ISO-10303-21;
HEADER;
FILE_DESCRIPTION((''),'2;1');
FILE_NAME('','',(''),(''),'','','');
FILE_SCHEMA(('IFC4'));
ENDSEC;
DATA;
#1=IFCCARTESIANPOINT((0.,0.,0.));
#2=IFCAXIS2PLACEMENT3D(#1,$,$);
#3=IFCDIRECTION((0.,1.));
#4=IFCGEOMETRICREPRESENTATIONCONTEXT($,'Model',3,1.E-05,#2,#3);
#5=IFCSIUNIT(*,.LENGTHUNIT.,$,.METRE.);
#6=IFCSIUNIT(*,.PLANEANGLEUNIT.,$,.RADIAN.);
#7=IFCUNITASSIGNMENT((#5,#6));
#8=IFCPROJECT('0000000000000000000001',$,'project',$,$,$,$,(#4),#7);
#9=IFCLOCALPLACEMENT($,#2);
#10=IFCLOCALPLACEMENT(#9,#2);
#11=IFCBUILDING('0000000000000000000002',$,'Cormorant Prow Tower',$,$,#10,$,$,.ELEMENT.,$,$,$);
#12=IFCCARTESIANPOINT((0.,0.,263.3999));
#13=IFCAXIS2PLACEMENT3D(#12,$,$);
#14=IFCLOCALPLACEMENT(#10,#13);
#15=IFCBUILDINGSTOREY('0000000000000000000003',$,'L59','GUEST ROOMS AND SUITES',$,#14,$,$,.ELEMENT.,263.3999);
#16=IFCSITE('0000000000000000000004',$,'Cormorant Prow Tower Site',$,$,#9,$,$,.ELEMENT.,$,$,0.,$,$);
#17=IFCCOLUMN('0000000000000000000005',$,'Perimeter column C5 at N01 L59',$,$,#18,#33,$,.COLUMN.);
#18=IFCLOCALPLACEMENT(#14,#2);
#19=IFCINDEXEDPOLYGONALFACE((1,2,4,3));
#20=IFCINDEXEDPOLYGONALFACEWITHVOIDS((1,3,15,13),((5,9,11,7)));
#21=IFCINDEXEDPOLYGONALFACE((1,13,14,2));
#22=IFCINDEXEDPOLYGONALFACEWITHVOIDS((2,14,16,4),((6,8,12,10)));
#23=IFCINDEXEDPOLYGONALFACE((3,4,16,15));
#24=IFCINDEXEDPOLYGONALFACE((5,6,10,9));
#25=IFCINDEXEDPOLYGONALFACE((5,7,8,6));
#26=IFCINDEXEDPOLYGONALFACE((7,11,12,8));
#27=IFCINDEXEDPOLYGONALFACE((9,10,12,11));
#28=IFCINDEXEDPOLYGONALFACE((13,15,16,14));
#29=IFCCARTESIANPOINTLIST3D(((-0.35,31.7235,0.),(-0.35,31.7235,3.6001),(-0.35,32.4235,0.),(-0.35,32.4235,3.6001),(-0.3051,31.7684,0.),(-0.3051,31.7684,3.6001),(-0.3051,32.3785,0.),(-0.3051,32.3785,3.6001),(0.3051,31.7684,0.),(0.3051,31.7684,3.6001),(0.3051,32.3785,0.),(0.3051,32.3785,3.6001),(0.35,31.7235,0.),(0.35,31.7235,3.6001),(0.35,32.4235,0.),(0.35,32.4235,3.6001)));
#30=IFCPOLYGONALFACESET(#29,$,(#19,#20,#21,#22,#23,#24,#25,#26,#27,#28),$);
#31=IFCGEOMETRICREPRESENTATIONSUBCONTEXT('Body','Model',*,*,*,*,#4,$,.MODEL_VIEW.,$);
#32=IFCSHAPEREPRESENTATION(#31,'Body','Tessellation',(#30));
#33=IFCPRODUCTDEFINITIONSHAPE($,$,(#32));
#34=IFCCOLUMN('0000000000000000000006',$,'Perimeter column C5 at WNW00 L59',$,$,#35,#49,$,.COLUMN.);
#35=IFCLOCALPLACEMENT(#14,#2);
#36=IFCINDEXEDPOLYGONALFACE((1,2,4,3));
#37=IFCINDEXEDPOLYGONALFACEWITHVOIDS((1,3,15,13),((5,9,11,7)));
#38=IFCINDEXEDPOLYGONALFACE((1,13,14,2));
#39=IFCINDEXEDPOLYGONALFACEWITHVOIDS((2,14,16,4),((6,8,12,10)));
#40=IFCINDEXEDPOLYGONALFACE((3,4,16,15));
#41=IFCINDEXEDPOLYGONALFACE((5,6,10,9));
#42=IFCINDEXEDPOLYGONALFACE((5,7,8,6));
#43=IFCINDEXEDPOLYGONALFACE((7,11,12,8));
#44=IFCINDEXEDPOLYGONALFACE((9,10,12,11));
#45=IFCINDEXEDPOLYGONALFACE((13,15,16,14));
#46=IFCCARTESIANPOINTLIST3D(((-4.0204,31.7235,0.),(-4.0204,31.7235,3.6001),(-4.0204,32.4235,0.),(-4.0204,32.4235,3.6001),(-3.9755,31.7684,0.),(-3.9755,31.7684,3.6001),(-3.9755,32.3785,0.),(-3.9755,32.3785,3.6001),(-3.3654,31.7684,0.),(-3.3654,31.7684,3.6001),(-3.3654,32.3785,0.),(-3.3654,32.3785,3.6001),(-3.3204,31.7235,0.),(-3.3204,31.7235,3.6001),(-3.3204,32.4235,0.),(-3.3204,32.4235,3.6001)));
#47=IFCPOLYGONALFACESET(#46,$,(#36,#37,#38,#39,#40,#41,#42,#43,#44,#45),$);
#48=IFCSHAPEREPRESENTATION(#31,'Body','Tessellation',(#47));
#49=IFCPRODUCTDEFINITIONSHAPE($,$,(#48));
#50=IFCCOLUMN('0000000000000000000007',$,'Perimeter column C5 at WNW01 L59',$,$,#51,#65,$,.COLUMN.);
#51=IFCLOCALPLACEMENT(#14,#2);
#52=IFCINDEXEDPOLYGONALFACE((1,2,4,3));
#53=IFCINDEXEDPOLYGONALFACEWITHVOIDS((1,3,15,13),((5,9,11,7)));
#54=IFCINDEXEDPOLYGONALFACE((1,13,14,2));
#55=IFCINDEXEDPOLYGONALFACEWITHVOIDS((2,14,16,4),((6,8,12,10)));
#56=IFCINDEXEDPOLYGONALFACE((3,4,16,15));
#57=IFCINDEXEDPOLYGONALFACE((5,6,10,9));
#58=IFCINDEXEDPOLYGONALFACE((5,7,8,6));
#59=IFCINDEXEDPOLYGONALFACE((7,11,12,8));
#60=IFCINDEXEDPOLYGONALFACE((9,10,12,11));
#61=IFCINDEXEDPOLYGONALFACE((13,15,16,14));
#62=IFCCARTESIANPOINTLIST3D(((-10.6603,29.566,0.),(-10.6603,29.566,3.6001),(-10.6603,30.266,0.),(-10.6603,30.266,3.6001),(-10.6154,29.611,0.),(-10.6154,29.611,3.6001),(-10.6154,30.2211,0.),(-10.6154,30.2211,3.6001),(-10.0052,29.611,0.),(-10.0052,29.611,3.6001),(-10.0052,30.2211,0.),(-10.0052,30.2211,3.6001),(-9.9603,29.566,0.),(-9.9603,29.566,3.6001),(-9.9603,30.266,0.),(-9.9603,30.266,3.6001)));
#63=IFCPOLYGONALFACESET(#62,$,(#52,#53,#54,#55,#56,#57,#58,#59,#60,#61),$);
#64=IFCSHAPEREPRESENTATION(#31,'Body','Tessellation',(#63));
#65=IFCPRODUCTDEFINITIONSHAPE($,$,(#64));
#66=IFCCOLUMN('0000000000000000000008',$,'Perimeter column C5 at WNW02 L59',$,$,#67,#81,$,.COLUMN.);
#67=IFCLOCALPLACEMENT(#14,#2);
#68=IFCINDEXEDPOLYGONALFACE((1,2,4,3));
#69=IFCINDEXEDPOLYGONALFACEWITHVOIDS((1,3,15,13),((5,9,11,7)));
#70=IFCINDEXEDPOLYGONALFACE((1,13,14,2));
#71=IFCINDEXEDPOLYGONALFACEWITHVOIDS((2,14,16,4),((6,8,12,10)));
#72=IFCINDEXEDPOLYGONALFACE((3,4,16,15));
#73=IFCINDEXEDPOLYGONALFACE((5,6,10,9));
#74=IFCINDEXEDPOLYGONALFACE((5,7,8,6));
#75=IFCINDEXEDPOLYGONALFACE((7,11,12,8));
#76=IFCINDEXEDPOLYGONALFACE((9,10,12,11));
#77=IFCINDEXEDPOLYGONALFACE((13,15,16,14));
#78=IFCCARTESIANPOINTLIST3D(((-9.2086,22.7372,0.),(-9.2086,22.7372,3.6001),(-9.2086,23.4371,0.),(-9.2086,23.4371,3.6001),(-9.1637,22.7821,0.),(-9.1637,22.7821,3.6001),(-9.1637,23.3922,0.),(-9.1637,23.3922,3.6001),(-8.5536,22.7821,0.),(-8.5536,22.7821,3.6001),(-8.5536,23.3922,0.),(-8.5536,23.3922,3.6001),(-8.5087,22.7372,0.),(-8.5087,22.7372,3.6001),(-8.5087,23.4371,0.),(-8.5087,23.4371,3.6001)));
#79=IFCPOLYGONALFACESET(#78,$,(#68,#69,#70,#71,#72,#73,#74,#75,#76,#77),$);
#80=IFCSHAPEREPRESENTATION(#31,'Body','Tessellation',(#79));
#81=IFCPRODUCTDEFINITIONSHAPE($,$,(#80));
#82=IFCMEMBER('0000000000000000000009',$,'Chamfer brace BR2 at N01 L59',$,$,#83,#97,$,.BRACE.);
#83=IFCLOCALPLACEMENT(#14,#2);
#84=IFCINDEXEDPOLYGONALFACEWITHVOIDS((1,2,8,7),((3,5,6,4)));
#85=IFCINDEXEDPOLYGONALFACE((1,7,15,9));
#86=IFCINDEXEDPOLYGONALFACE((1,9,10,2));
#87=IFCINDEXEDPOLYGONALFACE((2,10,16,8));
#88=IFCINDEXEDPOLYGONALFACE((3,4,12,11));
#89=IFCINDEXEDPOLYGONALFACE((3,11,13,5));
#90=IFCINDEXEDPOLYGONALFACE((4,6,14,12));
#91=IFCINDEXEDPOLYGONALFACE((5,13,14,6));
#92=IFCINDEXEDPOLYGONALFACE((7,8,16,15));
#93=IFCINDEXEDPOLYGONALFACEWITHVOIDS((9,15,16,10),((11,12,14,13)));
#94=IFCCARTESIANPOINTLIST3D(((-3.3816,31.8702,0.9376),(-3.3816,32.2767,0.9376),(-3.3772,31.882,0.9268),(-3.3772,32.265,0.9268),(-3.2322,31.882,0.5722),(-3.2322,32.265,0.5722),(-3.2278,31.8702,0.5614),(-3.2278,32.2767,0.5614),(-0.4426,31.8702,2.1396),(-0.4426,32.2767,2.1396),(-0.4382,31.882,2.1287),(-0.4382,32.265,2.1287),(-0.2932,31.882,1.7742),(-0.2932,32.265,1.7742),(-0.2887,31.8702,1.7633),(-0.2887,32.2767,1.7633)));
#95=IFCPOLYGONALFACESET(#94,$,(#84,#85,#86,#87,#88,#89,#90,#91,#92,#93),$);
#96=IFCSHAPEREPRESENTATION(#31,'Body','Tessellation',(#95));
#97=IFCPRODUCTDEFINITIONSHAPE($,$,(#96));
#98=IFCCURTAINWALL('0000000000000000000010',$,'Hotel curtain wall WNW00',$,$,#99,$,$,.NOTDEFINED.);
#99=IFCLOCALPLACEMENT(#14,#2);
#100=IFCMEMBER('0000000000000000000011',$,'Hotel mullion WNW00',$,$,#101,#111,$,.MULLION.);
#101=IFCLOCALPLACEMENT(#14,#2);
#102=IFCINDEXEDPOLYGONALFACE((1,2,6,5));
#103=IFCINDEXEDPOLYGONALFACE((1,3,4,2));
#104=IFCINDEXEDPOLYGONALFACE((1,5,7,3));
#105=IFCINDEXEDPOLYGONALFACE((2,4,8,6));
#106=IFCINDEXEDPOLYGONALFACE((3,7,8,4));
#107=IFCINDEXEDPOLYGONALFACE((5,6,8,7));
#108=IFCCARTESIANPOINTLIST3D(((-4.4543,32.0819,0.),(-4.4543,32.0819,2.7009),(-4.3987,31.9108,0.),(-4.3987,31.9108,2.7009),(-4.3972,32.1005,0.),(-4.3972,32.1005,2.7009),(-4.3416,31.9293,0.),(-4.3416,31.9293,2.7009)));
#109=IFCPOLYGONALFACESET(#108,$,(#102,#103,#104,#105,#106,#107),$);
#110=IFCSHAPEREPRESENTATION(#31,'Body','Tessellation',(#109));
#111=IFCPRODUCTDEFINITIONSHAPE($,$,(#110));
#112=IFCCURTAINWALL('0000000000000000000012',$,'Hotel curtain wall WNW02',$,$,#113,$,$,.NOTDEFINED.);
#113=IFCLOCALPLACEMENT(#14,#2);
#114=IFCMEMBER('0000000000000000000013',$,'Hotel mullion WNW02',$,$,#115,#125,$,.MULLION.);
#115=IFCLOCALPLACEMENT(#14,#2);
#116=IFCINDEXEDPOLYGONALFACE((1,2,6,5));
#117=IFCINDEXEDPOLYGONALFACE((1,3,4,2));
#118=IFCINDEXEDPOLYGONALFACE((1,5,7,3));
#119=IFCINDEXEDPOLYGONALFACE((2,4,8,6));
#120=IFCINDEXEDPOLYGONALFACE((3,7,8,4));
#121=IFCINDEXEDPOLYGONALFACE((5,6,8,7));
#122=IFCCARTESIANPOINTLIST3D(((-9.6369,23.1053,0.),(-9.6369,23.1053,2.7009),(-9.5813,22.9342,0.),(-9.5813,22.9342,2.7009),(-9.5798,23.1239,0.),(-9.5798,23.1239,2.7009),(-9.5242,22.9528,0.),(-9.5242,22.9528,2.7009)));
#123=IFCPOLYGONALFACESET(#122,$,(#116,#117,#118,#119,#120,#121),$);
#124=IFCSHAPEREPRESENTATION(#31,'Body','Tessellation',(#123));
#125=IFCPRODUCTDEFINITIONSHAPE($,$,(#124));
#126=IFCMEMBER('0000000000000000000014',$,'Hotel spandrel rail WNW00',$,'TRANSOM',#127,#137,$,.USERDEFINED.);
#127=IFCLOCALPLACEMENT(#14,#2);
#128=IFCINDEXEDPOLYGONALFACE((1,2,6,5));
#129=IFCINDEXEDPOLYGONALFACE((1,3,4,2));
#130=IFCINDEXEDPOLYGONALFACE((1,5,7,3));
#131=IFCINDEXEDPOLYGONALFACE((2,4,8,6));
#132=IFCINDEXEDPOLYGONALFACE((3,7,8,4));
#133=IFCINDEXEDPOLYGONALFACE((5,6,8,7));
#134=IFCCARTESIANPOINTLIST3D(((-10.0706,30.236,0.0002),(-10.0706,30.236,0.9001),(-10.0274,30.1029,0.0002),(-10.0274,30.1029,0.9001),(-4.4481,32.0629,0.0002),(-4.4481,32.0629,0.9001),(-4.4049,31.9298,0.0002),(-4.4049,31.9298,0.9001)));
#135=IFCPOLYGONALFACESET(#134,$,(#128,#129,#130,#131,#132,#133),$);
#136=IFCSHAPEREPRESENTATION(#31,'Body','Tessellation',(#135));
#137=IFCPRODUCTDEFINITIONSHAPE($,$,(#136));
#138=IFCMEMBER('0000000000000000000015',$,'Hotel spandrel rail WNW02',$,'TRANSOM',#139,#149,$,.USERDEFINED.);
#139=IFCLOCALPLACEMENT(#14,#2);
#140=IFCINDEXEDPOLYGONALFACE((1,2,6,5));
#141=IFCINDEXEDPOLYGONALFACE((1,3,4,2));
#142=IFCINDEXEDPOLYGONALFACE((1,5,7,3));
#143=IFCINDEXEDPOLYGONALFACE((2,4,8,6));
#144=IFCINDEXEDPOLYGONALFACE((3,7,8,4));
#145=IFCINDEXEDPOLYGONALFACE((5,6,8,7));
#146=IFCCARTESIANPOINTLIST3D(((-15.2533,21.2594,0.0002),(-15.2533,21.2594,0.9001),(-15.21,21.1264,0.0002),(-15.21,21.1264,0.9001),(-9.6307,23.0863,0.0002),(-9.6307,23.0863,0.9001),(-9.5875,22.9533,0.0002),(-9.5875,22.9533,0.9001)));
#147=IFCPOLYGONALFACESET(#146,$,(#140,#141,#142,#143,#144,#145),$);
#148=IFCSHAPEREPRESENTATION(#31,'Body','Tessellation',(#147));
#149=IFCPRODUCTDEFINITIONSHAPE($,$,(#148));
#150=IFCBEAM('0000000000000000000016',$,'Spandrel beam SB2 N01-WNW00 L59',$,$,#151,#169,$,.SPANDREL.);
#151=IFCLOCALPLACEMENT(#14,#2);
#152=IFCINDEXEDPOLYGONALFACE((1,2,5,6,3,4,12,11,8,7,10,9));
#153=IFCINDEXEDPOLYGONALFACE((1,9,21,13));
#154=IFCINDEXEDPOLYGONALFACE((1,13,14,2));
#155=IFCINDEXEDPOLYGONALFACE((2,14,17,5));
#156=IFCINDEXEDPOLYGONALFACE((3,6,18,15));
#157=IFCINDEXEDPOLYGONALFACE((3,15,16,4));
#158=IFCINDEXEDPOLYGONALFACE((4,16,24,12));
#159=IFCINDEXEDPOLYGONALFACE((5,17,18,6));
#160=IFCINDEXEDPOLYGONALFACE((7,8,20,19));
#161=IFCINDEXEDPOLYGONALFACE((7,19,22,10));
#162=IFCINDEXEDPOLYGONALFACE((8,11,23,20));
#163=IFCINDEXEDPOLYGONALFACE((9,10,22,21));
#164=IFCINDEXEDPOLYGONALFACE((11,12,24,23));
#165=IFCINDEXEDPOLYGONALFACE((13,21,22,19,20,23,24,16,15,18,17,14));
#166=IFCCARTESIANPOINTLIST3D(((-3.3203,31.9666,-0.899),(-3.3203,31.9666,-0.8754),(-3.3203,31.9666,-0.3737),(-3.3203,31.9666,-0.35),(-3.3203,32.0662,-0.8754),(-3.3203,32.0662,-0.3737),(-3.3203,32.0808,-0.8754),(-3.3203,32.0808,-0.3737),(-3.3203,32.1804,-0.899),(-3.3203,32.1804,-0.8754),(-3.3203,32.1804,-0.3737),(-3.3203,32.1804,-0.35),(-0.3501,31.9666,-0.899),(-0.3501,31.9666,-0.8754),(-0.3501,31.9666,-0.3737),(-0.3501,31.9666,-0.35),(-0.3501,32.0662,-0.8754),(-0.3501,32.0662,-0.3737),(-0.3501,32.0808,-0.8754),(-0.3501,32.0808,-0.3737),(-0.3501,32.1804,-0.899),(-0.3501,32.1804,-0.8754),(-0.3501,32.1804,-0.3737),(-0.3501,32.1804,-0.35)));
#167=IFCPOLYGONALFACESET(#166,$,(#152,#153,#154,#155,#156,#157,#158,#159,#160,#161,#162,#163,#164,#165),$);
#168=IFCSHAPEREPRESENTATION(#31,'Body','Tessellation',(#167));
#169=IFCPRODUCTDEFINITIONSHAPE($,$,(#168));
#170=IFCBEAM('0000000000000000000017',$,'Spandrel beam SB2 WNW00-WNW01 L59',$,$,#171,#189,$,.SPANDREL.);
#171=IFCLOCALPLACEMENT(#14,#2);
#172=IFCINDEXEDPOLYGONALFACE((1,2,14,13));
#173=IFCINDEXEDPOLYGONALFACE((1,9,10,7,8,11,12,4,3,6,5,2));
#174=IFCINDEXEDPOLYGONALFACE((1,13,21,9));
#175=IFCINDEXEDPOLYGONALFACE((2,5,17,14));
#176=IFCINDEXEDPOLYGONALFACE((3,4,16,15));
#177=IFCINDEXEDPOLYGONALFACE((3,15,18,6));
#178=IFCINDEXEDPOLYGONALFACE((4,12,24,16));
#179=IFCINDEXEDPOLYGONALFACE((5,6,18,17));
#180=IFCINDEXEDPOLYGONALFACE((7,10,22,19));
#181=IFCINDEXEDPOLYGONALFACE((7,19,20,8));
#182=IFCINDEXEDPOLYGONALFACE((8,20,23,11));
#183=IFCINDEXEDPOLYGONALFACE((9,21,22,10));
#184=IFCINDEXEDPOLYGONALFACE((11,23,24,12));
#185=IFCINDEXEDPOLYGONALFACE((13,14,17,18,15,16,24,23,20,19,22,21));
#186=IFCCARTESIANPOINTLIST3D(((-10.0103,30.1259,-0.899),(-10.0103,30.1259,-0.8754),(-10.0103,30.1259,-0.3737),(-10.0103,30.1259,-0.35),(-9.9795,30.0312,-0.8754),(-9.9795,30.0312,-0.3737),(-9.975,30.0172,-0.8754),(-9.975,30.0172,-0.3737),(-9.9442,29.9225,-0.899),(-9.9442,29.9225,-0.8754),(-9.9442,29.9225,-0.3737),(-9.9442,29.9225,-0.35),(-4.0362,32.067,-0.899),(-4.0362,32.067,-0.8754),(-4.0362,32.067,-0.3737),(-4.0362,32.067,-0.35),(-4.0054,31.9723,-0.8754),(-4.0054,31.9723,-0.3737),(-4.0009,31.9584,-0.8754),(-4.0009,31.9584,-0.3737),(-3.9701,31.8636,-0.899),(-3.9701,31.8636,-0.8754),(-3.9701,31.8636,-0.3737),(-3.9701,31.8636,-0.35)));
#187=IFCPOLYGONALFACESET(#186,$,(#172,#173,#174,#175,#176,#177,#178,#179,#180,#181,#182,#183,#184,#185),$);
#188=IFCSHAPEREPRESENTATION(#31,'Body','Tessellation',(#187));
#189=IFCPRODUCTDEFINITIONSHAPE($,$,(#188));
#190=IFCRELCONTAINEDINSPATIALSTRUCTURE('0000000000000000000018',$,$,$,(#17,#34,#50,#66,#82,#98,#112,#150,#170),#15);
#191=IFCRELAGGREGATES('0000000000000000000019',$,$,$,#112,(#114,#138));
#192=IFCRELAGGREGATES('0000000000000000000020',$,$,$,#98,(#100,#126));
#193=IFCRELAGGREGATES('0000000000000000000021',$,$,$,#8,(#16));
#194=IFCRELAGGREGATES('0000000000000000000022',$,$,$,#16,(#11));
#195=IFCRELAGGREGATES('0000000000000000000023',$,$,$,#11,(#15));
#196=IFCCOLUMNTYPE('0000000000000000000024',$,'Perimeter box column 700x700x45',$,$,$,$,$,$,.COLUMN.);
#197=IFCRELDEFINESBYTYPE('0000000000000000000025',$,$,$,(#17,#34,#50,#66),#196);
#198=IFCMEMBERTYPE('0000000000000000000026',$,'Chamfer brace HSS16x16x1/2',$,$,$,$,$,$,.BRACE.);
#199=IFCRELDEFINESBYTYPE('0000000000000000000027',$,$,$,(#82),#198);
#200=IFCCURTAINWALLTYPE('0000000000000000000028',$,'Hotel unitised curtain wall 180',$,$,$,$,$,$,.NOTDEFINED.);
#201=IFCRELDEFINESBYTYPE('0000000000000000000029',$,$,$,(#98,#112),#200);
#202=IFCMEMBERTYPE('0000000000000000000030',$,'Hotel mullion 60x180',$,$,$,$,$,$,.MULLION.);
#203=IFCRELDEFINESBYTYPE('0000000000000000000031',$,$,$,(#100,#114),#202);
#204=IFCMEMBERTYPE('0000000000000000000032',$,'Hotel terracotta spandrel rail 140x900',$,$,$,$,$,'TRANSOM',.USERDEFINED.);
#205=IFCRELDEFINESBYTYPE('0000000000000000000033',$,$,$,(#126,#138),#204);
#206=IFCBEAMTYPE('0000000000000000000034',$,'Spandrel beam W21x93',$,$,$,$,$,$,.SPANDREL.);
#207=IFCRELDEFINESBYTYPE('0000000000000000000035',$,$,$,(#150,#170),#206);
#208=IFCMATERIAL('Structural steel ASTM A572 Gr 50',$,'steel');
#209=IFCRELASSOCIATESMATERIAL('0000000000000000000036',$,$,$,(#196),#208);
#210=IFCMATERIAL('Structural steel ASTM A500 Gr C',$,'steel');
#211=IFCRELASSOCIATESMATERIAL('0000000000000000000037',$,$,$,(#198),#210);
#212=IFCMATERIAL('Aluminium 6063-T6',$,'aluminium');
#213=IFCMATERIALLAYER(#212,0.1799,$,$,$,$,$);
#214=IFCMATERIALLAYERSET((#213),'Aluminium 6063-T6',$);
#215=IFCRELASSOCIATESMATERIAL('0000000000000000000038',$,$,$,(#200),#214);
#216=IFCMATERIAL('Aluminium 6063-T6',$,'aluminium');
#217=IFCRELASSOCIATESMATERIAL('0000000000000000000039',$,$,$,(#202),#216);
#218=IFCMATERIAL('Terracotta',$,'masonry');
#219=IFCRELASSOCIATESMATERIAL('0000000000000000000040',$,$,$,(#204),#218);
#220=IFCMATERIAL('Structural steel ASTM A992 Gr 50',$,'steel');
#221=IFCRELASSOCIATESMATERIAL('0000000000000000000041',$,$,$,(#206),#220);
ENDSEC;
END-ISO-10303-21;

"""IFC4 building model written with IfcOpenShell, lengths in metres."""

from ifc_helpers import new_model, si_unit, direction, frame, origin, origin_2d, place, context, subcontext, project, spatial, rectangle, hollow_rectangle, i_section, extrude, material, layer, layer_set, material_profile, profile_set, type_object, element, aggregate, save


model = new_model("IFC4")

# Units and contexts
model_context = context("Model", 3, precision=1e-05, world=origin(), true_north=direction((0.0, 1.0)))
body_context = subcontext(model_context, "Body", "Model", "MODEL_VIEW")
ifc_project = project(units=[si_unit("LENGTHUNIT", "METRE"), si_unit("PLANEANGLEUNIT", "RADIAN")], contexts=[model_context])

# Site, building, storey
site_placement = place(None, origin())
site = spatial("IfcSite", under=ifc_project, at=site_placement, Name="Cormorant Prow Tower Site", CompositionType="ELEMENT", RefElevation=0.0)
building_placement = place(site_placement, origin())
building = spatial("IfcBuilding", under=site, at=building_placement, Name="Cormorant Prow Tower", CompositionType="ELEMENT")
storey_placement = place(building_placement, frame((0.0, 0.0, 263.3999)))
storey = spatial("IfcBuildingStorey", under=building, at=storey_placement, Name="L59", Description="GUEST ROOMS AND SUITES", CompositionType="ELEMENT", Elevation=263.3999)

# Columns
ifc_material_1 = material(Name="Structural steel ASTM A572 Gr 50", Category="steel")
ifc_material_profile_1 = material_profile(ifc_material_1, hollow_rectangle(XDim=0.7, YDim=0.7, WallThickness=0.0449, at=origin_2d()), Name="Box 700x700x45")
ifc_profile_set_1 = profile_set([ifc_material_profile_1], Name="Structural steel ASTM A572 Gr 50")
column_type = type_object("IfcColumnType", Name="Perimeter box column 700x700x45", PredefinedType="COLUMN", material=ifc_profile_set_1)
for number, where, z_axis, x_axis, name in (
    (1, (0.0, 32.0735, 0.0), (0.0, 0.0, 1.0), (1.0, 0.0, 0.0), "Perimeter column C5 at N01 L59"),
    (2, (-3.6704, 32.0735, 0.0), (0.0, 0.0, 1.0), (1.0, 0.0, 0.0), "Perimeter column C5 at WNW00 L59"),
    (3, (-10.3103, 29.916, 0.0), (0.0, 0.0, 1.0), (1.0, 0.0, 0.0), "Perimeter column C5 at WNW01 L59"),
    (4, (-8.8586, 23.0872, 0.0), (0.0, 0.0, 1.0), (1.0, 0.0, 0.0), "Perimeter column C5 at WNW02 L59"),
):
    element("IfcColumn", number, at=place(storey_placement, frame(where, z_axis=z_axis, x_axis=x_axis)), inside=storey, type_object=column_type, Name=name, PredefinedType="COLUMN", context=body_context, shape_type="SweptSolid", body=[
        extrude(hollow_rectangle(XDim=0.7, YDim=0.7, WallThickness=0.0449, at=origin_2d()), origin(), (0.0, 0.0, 1.0), 3.6001),
    ])

# Member
ifc_material_2 = material(Name="Structural steel ASTM A500 Gr C", Category="steel")
ifc_material_profile_2 = material_profile(ifc_material_2, hollow_rectangle(XDim=0.4065, YDim=0.4065, WallThickness=0.0117, at=origin_2d()), Name="HSS16x16x1/2")
ifc_profile_set_2 = profile_set([ifc_material_profile_2], Name="Structural steel ASTM A500 Gr C")
member_type_1 = type_object("IfcMemberType", Name="Chamfer brace HSS16x16x1/2", PredefinedType="BRACE", material=ifc_profile_set_2)
member_1_placement = place(storey_placement, frame((-3.3047, 32.0735, 0.7495), z_axis=(0.925591, 0.0, 0.378525), x_axis=(0.0, 1.0, 0.0)))
element("IfcMember", 5, at=member_1_placement, inside=storey, type_object=member_type_1, Name="Chamfer brace BR2 at N01 L59", PredefinedType="BRACE", context=body_context, shape_type="SweptSolid", body=[
    extrude(hollow_rectangle(XDim=0.4065, YDim=0.4065, WallThickness=0.0117, at=origin_2d()), origin(), (0.0, 0.0, 1.0), 3.1753),
])

# Curtain walls, members
ifc_material_3 = material(Name="Aluminium 6063-T6", Category="aluminium")
ifc_layer_1 = layer(ifc_material_3, 0.1799)
ifc_layer_set_1 = layer_set([ifc_layer_1], Name="Aluminium 6063-T6")
curtain_wall_type = type_object("IfcCurtainWallType", Name="Hotel unitised curtain wall 180", PredefinedType="NOTDEFINED", material=ifc_layer_set_1)
curtain_wall_1_placement = place(storey_placement, origin())
curtain_wall_1 = element("IfcCurtainWall", 6, at=curtain_wall_1_placement, inside=storey, type_object=curtain_wall_type, Name="Hotel curtain wall WNW00", PredefinedType="NOTDEFINED")
ifc_material_4 = material(Name="Aluminium 6063-T6", Category="aluminium")
ifc_material_profile_3 = material_profile(ifc_material_4, rectangle(XDim=0.1799, YDim=0.0601, at=origin_2d()), Name="Hotel mullion 60x180")
ifc_profile_set_3 = profile_set([ifc_material_profile_3], Name="Aluminium 6063-T6")
member_type_2 = type_object("IfcMemberType", Name="Hotel mullion 60x180", PredefinedType="MULLION", material=ifc_profile_set_3)
member_2_placement = place(storey_placement, frame((-4.3979, 32.0056, 0.0), z_axis=(0.0, 0.0, 1.0), x_axis=(0.309017, -0.951057, 0.0)))
member_2 = element("IfcMember", 7, at=member_2_placement, type_object=member_type_2, Name="Hotel mullion WNW00", PredefinedType="MULLION", context=body_context, shape_type="SweptSolid", body=[
    extrude(rectangle(XDim=0.1799, YDim=0.0601, at=origin_2d()), origin(), (0.0, 0.0, 1.0), 2.7009),
])
curtain_wall_2_placement = place(storey_placement, origin())
curtain_wall_2 = element("IfcCurtainWall", 8, at=curtain_wall_2_placement, inside=storey, type_object=curtain_wall_type, Name="Hotel curtain wall WNW02", PredefinedType="NOTDEFINED")
member_3_placement = place(storey_placement, frame((-9.5806, 23.0291, 0.0), z_axis=(0.0, 0.0, 1.0), x_axis=(0.309017, -0.951057, 0.0)))
member_3 = element("IfcMember", 9, at=member_3_placement, type_object=member_type_2, Name="Hotel mullion WNW02", PredefinedType="MULLION", context=body_context, shape_type="SweptSolid", body=[
    extrude(rectangle(XDim=0.1799, YDim=0.0601, at=origin_2d()), origin(), (0.0, 0.0, 1.0), 2.7009),
])

# Members
ifc_material_5 = material(Name="Terracotta", Category="masonry")
ifc_material_profile_4 = material_profile(ifc_material_5, rectangle(XDim=0.1399, YDim=0.8999, at=origin_2d()), Name="Hotel terracotta spandrel rail 140x900")
ifc_profile_set_4 = profile_set([ifc_material_profile_4], Name="Terracotta")
member_type_3 = type_object("IfcMemberType", Name="Hotel terracotta spandrel rail 140x900", ElementType="TRANSOM", PredefinedType="USERDEFINED", material=ifc_profile_set_4)
member_4_placement = place(storey_placement, frame((-4.4265, 31.9963, 0.4502), z_axis=(-0.951055, -0.309021, 0.0), x_axis=(0.309021, -0.951055, 0.0)))
member_4 = element("IfcMember", 10, at=member_4_placement, type_object=member_type_3, Name="Hotel spandrel rail WNW00", ObjectType="TRANSOM", PredefinedType="USERDEFINED", context=body_context, shape_type="SweptSolid", body=[
    extrude(rectangle(XDim=0.1399, YDim=0.8999, at=origin_2d()), origin(), (0.0, 0.0, 1.0), 5.9119),
])
member_5_placement = place(storey_placement, frame((-9.6091, 23.0198, 0.4502), z_axis=(-0.951055, -0.309021, 0.0), x_axis=(0.309021, -0.951055, 0.0)))
member_5 = element("IfcMember", 11, at=member_5_placement, type_object=member_type_3, Name="Hotel spandrel rail WNW02", ObjectType="TRANSOM", PredefinedType="USERDEFINED", context=body_context, shape_type="SweptSolid", body=[
    extrude(rectangle(XDim=0.1399, YDim=0.8999, at=origin_2d()), origin(), (0.0, 0.0, 1.0), 5.9119),
])
aggregate(curtain_wall_2, [member_3, member_5])

# Beams
ifc_material_6 = material(Name="Structural steel ASTM A992 Gr 50", Category="steel")
ifc_material_profile_5 = material_profile(ifc_material_6, i_section(OverallWidth=0.2139, OverallDepth=0.5491, WebThickness=0.0146, FlangeThickness=0.0237, at=origin_2d()), Name="W21x93")
ifc_profile_set_5 = profile_set([ifc_material_profile_5], Name="Structural steel ASTM A992 Gr 50")
beam_type = type_object("IfcBeamType", Name="Spandrel beam W21x93", PredefinedType="SPANDREL", material=ifc_profile_set_5)
beam_placement = place(storey_placement, frame((-0.3501, 32.0735, -0.6245), z_axis=(-1.0, 0.0, 0.0), x_axis=(0.0, -1.0, 0.0)))
element("IfcBeam", 12, at=beam_placement, inside=storey, type_object=beam_type, Name="Spandrel beam SB2 N01-WNW00 L59", PredefinedType="SPANDREL", context=body_context, shape_type="SweptSolid", body=[
    extrude(i_section(OverallWidth=0.2139, OverallDepth=0.5491, WebThickness=0.0146, FlangeThickness=0.0237, at=origin_2d()), origin(), (0.0, 0.0, 1.0), 2.9702),
])
for number, where, z_axis, x_axis, name in (
    (13, (-4.0032, 31.9653, -0.6245), (-0.951054, -0.309025, 0.0), (0.309025, -0.951054, 0.0), "Spandrel beam SB2 WNW00-WNW01 L59"),
):
    element("IfcBeam", number, at=place(storey_placement, frame(where, z_axis=z_axis, x_axis=x_axis)), inside=storey, type_object=beam_type, Name=name, PredefinedType="SPANDREL", context=body_context, shape_type="SweptSolid", body=[
        extrude(i_section(OverallWidth=0.2139, OverallDepth=0.5491, WebThickness=0.0146, FlangeThickness=0.0237, at=origin_2d()), origin(), (0.0, 0.0, 1.0), 6.2815),
    ])

aggregate(curtain_wall_1, [member_2, member_4])

save(model, "model.ifc")
